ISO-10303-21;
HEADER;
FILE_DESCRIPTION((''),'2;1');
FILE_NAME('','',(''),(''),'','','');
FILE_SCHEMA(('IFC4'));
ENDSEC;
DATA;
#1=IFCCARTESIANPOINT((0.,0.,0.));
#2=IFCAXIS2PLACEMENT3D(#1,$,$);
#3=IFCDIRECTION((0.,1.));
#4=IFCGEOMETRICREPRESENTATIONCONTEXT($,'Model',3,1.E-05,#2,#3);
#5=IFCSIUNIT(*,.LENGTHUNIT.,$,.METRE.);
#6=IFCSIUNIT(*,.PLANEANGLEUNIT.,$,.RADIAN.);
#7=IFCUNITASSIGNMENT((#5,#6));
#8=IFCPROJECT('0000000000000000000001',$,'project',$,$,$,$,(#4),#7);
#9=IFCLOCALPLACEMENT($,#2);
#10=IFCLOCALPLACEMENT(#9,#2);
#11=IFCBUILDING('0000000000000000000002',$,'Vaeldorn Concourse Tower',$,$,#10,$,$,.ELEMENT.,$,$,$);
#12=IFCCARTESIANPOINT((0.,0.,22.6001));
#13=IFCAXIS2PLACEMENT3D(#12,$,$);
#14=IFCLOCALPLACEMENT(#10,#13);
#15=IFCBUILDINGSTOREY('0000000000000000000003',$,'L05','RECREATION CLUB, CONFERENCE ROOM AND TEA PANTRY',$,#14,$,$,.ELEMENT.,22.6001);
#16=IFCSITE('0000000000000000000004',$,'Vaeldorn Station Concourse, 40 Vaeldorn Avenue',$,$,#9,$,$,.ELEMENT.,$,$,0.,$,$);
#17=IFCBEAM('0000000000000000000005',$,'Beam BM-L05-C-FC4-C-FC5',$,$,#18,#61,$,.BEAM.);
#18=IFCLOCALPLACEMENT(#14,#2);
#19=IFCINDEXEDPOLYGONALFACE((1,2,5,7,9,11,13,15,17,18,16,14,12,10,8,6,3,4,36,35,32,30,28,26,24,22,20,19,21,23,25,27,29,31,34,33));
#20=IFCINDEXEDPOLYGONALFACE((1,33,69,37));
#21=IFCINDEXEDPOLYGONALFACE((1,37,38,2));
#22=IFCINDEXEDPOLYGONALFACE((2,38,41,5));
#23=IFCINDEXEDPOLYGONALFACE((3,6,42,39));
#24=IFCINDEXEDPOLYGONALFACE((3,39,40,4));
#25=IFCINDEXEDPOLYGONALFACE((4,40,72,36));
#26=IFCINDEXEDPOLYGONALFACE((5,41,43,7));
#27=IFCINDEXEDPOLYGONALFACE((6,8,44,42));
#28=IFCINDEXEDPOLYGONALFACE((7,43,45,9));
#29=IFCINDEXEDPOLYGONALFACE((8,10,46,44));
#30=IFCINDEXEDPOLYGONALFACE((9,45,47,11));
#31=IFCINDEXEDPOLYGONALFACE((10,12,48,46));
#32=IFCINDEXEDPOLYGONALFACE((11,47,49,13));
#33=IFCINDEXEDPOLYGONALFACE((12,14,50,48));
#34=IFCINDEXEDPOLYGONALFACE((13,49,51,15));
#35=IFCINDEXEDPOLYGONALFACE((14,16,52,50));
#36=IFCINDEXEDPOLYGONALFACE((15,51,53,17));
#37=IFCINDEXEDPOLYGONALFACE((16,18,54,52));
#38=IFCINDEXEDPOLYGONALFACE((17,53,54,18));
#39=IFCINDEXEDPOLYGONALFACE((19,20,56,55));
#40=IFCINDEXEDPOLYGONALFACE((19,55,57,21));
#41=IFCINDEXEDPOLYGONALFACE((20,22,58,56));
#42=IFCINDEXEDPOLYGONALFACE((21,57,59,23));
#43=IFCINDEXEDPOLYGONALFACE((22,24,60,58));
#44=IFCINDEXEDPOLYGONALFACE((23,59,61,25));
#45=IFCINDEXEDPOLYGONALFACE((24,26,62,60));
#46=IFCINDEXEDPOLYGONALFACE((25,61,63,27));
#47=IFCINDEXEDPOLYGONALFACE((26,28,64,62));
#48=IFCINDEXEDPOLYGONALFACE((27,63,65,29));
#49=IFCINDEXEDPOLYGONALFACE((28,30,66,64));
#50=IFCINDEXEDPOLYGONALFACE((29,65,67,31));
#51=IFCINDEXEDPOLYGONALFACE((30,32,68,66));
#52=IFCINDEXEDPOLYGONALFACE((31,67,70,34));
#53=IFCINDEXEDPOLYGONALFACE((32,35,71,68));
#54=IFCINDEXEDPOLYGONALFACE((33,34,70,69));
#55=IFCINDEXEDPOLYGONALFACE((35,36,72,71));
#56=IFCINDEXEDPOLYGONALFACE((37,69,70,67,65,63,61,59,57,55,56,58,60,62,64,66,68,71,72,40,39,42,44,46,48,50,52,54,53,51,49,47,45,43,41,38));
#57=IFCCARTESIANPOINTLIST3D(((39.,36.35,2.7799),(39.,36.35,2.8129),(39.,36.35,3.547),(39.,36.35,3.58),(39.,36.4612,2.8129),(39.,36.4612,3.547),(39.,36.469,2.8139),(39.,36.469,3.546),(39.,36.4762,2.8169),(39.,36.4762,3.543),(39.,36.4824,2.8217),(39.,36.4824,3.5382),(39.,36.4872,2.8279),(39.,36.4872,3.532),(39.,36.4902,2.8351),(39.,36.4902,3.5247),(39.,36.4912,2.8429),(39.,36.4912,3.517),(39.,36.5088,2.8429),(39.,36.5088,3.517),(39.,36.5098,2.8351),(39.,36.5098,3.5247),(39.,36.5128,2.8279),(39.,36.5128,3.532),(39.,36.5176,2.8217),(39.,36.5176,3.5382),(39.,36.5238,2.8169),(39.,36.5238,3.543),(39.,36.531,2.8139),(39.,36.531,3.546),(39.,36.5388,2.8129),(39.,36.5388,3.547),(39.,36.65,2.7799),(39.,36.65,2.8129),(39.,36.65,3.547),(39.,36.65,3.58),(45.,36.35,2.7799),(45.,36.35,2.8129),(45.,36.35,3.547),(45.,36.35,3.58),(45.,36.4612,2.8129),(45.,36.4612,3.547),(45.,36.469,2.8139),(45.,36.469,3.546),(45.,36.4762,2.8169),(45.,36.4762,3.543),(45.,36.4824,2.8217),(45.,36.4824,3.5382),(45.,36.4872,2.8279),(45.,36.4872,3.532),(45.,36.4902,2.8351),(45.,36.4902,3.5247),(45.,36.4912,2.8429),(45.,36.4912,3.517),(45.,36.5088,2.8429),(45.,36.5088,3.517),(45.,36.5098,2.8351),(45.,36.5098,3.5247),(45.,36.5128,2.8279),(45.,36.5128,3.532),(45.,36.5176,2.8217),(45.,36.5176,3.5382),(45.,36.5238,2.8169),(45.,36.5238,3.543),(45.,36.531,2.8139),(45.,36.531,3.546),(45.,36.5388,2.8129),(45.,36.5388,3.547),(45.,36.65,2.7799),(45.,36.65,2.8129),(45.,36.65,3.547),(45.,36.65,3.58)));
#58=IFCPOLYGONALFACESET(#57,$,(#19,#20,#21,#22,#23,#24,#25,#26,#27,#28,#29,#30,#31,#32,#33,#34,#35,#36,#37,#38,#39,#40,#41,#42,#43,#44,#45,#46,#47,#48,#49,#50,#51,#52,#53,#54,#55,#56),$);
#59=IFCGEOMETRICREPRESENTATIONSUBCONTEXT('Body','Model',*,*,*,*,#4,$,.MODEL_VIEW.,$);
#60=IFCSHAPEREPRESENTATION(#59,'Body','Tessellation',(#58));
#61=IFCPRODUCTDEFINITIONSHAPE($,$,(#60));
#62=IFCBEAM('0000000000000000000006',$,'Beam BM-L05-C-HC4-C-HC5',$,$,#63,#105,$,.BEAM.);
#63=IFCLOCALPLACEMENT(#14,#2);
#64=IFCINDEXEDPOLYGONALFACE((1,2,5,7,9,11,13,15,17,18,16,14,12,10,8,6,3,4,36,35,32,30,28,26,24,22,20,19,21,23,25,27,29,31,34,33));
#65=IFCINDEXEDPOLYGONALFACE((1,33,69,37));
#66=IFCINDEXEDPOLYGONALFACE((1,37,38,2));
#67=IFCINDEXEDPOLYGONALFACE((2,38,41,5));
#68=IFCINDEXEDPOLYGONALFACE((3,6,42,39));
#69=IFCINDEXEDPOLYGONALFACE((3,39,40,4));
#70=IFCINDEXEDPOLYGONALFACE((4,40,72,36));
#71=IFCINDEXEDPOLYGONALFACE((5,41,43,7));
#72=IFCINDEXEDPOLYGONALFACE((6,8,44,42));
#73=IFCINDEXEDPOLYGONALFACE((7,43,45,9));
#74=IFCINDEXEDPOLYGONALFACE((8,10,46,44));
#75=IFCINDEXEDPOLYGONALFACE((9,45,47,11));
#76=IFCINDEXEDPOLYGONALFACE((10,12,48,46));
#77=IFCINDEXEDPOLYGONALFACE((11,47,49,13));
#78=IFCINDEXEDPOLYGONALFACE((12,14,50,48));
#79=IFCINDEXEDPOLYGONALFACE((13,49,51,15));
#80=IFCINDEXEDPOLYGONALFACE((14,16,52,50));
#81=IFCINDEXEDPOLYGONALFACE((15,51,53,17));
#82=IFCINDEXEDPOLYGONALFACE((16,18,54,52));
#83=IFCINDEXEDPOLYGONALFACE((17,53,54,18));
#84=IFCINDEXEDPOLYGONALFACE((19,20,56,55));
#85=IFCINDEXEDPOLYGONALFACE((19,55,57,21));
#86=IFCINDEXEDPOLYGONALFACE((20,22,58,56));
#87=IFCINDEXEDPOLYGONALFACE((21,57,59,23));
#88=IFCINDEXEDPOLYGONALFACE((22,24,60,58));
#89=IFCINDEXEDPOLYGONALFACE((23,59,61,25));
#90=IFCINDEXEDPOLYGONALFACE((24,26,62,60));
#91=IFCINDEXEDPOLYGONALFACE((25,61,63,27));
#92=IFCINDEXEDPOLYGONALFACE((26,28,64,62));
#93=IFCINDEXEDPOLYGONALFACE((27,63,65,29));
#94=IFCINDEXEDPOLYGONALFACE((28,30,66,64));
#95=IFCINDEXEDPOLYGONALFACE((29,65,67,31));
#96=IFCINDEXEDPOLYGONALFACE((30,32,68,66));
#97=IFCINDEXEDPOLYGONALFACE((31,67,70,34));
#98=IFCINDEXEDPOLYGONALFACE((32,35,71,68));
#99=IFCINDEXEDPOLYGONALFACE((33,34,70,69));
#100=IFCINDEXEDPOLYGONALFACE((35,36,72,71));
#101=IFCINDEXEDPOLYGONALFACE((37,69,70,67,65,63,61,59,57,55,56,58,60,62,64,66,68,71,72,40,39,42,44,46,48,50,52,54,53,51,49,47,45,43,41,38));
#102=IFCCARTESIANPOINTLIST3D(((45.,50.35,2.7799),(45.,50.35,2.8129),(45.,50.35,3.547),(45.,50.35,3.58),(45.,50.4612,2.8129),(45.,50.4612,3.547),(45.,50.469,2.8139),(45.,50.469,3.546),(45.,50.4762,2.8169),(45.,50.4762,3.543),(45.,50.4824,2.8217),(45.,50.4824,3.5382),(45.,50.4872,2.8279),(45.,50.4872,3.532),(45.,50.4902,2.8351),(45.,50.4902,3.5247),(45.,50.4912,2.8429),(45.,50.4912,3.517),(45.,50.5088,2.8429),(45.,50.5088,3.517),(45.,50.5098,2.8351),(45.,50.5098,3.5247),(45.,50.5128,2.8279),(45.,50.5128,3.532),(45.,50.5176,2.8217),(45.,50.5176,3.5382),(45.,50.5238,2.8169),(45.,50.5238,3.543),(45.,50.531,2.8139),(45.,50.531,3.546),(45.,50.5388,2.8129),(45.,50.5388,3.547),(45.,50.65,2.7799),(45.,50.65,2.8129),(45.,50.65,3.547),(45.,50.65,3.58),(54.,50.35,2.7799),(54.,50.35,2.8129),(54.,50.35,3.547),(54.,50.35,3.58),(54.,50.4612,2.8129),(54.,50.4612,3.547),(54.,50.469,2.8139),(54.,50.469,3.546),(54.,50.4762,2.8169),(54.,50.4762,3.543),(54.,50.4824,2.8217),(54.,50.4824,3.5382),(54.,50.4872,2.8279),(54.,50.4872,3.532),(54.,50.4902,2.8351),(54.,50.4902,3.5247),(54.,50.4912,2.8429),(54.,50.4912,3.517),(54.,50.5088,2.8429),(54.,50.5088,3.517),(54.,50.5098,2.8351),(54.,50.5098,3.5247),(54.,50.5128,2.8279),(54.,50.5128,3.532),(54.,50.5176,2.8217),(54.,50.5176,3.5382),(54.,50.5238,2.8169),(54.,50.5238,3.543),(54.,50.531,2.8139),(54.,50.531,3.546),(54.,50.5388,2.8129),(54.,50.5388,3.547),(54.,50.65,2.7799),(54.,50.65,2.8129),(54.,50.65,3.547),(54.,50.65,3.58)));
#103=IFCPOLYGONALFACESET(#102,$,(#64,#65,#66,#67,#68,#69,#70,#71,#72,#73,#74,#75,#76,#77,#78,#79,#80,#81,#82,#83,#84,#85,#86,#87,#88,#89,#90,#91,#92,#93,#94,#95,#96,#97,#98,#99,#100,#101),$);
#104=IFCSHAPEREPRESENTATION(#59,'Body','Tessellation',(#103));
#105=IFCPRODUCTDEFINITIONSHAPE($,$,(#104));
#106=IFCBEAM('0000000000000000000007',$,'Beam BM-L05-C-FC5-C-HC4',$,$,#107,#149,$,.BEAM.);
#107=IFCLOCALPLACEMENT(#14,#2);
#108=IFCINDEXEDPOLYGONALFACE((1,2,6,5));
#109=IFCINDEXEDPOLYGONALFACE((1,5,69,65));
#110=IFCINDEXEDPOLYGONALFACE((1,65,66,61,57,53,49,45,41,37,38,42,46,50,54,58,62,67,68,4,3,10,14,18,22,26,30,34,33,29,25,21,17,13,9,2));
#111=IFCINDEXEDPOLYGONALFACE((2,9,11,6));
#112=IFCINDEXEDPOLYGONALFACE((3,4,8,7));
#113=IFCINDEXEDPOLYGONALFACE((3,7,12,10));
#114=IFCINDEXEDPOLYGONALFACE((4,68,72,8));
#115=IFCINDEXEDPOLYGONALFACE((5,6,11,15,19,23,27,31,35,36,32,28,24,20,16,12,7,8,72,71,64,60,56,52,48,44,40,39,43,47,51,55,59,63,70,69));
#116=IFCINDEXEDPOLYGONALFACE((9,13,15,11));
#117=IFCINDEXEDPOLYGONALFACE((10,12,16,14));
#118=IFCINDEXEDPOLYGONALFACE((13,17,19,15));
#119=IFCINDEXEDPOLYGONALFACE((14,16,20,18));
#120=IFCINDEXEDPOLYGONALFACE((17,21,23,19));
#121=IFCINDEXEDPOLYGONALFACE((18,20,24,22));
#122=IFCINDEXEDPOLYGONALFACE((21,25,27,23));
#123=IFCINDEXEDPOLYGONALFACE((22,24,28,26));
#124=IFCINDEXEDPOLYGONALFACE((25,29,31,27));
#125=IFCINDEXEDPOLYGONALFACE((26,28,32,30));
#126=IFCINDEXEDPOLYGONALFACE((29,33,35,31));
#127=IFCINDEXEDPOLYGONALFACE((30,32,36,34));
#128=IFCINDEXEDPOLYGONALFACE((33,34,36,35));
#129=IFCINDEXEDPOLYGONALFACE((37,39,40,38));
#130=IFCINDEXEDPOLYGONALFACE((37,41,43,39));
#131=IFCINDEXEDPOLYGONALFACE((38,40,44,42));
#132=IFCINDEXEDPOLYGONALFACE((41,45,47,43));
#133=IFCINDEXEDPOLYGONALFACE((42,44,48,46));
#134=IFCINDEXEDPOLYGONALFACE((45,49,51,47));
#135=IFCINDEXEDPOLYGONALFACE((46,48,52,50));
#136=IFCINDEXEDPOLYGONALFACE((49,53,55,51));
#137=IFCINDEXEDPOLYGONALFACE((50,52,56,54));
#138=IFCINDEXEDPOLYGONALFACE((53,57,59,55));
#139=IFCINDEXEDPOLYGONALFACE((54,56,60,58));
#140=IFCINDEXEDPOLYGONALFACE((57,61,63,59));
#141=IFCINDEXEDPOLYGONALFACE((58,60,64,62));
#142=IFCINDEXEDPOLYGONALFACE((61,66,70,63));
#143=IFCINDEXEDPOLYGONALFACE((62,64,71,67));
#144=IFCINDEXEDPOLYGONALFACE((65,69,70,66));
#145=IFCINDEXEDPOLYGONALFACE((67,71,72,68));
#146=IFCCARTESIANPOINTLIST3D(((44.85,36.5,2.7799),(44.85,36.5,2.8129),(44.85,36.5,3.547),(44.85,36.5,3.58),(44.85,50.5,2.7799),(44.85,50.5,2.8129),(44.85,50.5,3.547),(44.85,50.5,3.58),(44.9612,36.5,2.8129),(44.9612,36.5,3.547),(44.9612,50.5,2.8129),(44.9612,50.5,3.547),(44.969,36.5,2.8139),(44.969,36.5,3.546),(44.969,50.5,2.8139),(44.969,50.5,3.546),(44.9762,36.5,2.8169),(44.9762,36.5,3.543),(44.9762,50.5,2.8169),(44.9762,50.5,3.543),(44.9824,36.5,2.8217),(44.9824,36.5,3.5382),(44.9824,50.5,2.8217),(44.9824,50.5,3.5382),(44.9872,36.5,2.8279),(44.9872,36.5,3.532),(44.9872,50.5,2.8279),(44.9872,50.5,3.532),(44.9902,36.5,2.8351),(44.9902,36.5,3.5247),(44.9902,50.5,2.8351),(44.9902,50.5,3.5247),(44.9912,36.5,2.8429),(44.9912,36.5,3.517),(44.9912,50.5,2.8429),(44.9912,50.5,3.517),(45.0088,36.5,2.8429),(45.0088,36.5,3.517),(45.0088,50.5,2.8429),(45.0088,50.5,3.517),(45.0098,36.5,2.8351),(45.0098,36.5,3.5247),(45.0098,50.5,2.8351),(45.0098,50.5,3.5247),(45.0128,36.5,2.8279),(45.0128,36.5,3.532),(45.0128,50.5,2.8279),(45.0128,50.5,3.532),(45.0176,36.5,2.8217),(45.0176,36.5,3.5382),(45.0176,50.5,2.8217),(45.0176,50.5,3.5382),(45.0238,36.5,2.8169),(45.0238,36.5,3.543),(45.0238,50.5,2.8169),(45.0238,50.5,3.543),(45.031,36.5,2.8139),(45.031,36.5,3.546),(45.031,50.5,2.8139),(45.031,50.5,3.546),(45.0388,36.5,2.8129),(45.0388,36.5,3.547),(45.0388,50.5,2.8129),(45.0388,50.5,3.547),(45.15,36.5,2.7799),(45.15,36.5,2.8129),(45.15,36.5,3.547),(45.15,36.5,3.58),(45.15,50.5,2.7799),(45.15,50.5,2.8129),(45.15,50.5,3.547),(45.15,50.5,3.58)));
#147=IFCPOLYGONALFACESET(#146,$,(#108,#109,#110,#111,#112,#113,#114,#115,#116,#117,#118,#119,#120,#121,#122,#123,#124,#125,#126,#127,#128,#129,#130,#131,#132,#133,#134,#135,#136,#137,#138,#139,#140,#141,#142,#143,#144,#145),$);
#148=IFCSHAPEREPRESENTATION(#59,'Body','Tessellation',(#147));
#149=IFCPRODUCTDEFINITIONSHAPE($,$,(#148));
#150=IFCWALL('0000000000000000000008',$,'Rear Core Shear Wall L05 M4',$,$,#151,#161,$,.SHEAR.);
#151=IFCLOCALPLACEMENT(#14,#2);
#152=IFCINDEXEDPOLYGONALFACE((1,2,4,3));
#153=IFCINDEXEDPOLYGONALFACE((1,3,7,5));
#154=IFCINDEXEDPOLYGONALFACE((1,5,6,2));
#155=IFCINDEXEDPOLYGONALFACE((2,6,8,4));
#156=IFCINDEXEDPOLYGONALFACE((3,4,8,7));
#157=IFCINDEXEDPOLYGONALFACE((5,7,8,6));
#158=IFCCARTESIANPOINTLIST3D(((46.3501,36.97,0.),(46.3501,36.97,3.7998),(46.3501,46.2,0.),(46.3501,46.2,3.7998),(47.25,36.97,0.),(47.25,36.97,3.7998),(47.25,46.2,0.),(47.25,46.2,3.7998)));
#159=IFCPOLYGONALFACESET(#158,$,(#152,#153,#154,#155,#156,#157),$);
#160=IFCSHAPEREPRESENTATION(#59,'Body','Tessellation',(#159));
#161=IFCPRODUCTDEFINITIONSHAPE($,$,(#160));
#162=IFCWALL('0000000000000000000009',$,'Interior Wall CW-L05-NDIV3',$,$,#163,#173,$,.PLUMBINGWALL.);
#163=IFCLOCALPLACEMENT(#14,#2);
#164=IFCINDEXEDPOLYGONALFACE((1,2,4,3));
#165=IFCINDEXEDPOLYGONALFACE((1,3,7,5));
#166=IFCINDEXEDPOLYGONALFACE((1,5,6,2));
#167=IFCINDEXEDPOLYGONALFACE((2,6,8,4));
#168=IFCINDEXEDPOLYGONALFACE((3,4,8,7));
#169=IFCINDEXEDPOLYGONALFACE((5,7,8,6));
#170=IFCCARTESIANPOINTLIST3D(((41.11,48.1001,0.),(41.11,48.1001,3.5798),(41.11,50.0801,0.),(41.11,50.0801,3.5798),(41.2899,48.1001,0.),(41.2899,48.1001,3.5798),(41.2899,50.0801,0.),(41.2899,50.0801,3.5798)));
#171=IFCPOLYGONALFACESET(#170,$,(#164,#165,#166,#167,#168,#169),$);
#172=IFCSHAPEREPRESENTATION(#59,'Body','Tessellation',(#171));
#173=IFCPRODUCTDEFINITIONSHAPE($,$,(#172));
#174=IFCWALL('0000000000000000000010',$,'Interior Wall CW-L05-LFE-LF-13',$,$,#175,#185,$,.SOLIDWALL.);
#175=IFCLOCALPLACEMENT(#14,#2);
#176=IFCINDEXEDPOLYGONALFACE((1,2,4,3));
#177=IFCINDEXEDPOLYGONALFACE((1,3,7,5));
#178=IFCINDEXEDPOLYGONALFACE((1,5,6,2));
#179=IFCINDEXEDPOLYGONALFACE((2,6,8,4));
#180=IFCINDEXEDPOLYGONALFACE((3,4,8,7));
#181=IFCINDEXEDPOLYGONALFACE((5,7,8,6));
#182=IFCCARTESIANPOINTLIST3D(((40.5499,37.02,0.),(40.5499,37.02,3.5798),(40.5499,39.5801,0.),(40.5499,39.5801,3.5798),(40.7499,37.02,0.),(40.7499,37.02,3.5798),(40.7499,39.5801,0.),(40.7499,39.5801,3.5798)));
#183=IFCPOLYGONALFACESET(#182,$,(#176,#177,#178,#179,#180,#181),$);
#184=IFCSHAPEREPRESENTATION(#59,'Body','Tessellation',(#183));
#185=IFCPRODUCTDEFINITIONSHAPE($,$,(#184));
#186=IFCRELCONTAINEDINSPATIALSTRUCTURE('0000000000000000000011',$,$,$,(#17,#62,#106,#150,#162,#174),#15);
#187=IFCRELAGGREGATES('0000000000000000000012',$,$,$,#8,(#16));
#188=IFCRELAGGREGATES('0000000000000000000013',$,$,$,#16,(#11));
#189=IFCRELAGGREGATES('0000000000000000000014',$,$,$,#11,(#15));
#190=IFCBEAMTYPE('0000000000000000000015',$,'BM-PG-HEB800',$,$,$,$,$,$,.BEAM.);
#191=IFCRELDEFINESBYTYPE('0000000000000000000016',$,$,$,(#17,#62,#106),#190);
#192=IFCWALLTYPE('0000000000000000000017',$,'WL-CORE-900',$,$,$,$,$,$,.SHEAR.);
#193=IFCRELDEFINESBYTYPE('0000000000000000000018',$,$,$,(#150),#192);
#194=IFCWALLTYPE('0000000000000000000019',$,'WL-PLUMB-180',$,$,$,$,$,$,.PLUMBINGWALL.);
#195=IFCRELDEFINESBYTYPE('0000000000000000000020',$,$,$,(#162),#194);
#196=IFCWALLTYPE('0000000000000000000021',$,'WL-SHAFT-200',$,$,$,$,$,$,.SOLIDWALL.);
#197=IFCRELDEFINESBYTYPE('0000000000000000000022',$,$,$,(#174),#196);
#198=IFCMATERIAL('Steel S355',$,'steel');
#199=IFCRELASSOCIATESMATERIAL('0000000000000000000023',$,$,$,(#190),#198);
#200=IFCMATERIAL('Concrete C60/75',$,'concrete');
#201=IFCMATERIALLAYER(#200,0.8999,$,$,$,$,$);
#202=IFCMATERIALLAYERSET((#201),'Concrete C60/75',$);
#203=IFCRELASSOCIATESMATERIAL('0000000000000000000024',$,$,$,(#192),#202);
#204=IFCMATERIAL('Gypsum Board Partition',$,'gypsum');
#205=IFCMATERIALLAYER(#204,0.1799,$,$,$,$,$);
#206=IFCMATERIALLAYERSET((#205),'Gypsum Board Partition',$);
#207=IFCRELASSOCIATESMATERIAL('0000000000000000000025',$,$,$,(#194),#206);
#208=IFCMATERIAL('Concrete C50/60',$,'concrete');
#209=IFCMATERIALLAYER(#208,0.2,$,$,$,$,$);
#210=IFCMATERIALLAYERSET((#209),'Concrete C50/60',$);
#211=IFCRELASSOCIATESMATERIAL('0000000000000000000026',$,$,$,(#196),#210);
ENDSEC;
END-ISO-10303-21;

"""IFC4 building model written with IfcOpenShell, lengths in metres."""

from ifc_helpers import new_model, si_unit, direction, frame, frame_2d, origin, origin_2d, place, context, subcontext, project, spatial, rectangle, i_section, extrude, source, transform, mapped, material, layer, layer_set, material_profile, profile_set, type_object, element, save


model = new_model("IFC4")

# Units and contexts
model_context = context("Model", 3, precision=1e-05, world=origin(), true_north=direction((0.0, 1.0)))
body_context = subcontext(model_context, "Body", "Model", "MODEL_VIEW")
ifc_project = project(units=[si_unit("LENGTHUNIT", "METRE"), si_unit("PLANEANGLEUNIT", "RADIAN")], contexts=[model_context])

# Site, building, storey
site_placement = place(None, origin())
site = spatial("IfcSite", under=ifc_project, at=site_placement, Name="Vaeldorn Station Concourse, 40 Vaeldorn Avenue", CompositionType="ELEMENT", RefElevation=0.0)
building_placement = place(site_placement, origin())
building = spatial("IfcBuilding", under=site, at=building_placement, Name="Vaeldorn Concourse Tower", CompositionType="ELEMENT")
storey_placement = place(building_placement, frame((0.0, 0.0, 22.6001)))
storey = spatial("IfcBuildingStorey", under=building, at=storey_placement, Name="L05", Description="RECREATION CLUB, CONFERENCE ROOM AND TEA PANTRY", CompositionType="ELEMENT", Elevation=22.6001)

# Beams
ifc_material_1 = material(Name="Concrete C60/75", Category="concrete")
ifc_material_2 = material(Name="Steel S355", Category="steel")
ifc_material_profile_1 = material_profile(ifc_material_2, i_section(OverallWidth=0.3, OverallDepth=0.8, WebThickness=0.0176, FlangeThickness=0.033, FilletRadius=0.03, at=origin_2d()), Name="HEB 800")
ifc_profile_set_1 = profile_set([ifc_material_profile_1], Name="Steel S355")
beam_type_1 = type_object("IfcBeamType", Name="BM-PG-HEB800", PredefinedType="BEAM", material=ifc_profile_set_1)
shared_shape_1 = source(origin(), body_context, "Body", "SweptSolid", [
    extrude(i_section(OverallWidth=0.3, OverallDepth=0.8, WebThickness=0.0176, FlangeThickness=0.033, FilletRadius=0.03, at=origin_2d()), origin(), (0.0, 0.0, 1.0), 6.0),
])
beam_1_placement = place(storey_placement, frame((39.0, 36.5, 3.1799), z_axis=(1.0, 0.0, 0.0), x_axis=(0.0, 1.0, 0.0)))
element("IfcBeam", 1, at=beam_1_placement, inside=storey, type_object=beam_type_1, Name="Beam BM-L05-C-FC4-C-FC5", PredefinedType="BEAM", context=body_context, shape_type="MappedRepresentation", body=[
    mapped(shared_shape_1, transform((0.0, 0.0, 0.0), scale=1.0)),
])
shared_shape_2 = source(origin(), body_context, "Body", "SweptSolid", [
    extrude(i_section(OverallWidth=0.3, OverallDepth=0.8, WebThickness=0.0176, FlangeThickness=0.033, FilletRadius=0.03, at=origin_2d()), origin(), (0.0, 0.0, 1.0), 9.0),
])
beam_2_placement = place(storey_placement, frame((45.0, 50.5, 3.1799), z_axis=(1.0, 0.0, 0.0), x_axis=(0.0, 1.0, 0.0)))
element("IfcBeam", 2, at=beam_2_placement, inside=storey, type_object=beam_type_1, Name="Beam BM-L05-C-HC4-C-HC5", PredefinedType="BEAM", context=body_context, shape_type="MappedRepresentation", body=[
    mapped(shared_shape_2, transform((0.0, 0.0, 0.0), scale=1.0)),
])
shared_shape_3 = source(origin(), body_context, "Body", "SweptSolid", [
    extrude(i_section(OverallWidth=0.3, OverallDepth=0.8, WebThickness=0.0176, FlangeThickness=0.033, FilletRadius=0.03, at=origin_2d()), origin(), (0.0, 0.0, 1.0), 14.0),
])
beam_3_placement = place(storey_placement, frame((45.0, 36.5, 3.1799), z_axis=(0.0, 1.0, 0.0), x_axis=(-1.0, 0.0, 0.0)))
element("IfcBeam", 3, at=beam_3_placement, inside=storey, type_object=beam_type_1, Name="Beam BM-L05-C-FC5-C-HC4", PredefinedType="BEAM", context=body_context, shape_type="MappedRepresentation", body=[
    mapped(shared_shape_3, transform((0.0, 0.0, 0.0), scale=1.0)),
])

# Walls
ifc_layer_1 = layer(ifc_material_1, 0.8999)
ifc_layer_set_1 = layer_set([ifc_layer_1], Name="Concrete C60/75")
wall_type_1 = type_object("IfcWallType", Name="WL-CORE-900", PredefinedType="SHEAR", material=ifc_layer_set_1)
wall_1_placement = place(storey_placement, frame((46.8, 36.97, 0.0), z_axis=(0.0, 0.0, 1.0), x_axis=(0.0, 1.0, 0.0)))
element("IfcWall", 4, at=wall_1_placement, inside=storey, type_object=wall_type_1, Name="Rear Core Shear Wall L05 M4", PredefinedType="SHEAR", context=body_context, shape_type="SweptSolid", body=[
    extrude(rectangle(XDim=9.23, YDim=0.8999, at=frame_2d((4.615, 0.0))), origin(), (0.0, 0.0, 1.0), 3.7998),
])
ifc_material_3 = material(Name="Gypsum Board Partition", Category="gypsum")
ifc_layer_2 = layer(ifc_material_3, 0.1799)
ifc_layer_set_2 = layer_set([ifc_layer_2], Name="Gypsum Board Partition")
wall_type_2 = type_object("IfcWallType", Name="WL-PLUMB-180", PredefinedType="PLUMBINGWALL", material=ifc_layer_set_2)
wall_2_placement = place(storey_placement, frame((41.2, 48.1001, 0.0), z_axis=(0.0, 0.0, 1.0), x_axis=(0.0, 1.0, 0.0)))
element("IfcWall", 5, at=wall_2_placement, inside=storey, type_object=wall_type_2, Name="Interior Wall CW-L05-NDIV3", PredefinedType="PLUMBINGWALL", context=body_context, shape_type="SweptSolid", body=[
    extrude(rectangle(XDim=1.98, YDim=0.1799, at=frame_2d((0.99, 0.0))), origin(), (0.0, 0.0, 1.0), 3.5798),
])

# Shared definitions
ifc_material_4 = material(Name="Concrete C50/60", Category="concrete")
ifc_layer_3 = layer(ifc_material_4, 0.2)
ifc_layer_set_3 = layer_set([ifc_layer_3], Name="Concrete C50/60")
wall_type_3 = type_object("IfcWallType", Name="WL-SHAFT-200", PredefinedType="SOLIDWALL", material=ifc_layer_set_3)

# Wall
wall_3_placement = place(storey_placement, frame((40.6499, 37.02, 0.0), z_axis=(0.0, 0.0, 1.0), x_axis=(0.0, 1.0, 0.0)))
element("IfcWall", 6, at=wall_3_placement, inside=storey, type_object=wall_type_3, Name="Interior Wall CW-L05-LFE-LF-13", PredefinedType="SOLIDWALL", context=body_context, shape_type="SweptSolid", body=[
    extrude(rectangle(XDim=2.5601, YDim=0.2, at=frame_2d((1.28, 0.0))), origin(), (0.0, 0.0, 1.0), 3.5798),
])

save(model, "model.ifc")
